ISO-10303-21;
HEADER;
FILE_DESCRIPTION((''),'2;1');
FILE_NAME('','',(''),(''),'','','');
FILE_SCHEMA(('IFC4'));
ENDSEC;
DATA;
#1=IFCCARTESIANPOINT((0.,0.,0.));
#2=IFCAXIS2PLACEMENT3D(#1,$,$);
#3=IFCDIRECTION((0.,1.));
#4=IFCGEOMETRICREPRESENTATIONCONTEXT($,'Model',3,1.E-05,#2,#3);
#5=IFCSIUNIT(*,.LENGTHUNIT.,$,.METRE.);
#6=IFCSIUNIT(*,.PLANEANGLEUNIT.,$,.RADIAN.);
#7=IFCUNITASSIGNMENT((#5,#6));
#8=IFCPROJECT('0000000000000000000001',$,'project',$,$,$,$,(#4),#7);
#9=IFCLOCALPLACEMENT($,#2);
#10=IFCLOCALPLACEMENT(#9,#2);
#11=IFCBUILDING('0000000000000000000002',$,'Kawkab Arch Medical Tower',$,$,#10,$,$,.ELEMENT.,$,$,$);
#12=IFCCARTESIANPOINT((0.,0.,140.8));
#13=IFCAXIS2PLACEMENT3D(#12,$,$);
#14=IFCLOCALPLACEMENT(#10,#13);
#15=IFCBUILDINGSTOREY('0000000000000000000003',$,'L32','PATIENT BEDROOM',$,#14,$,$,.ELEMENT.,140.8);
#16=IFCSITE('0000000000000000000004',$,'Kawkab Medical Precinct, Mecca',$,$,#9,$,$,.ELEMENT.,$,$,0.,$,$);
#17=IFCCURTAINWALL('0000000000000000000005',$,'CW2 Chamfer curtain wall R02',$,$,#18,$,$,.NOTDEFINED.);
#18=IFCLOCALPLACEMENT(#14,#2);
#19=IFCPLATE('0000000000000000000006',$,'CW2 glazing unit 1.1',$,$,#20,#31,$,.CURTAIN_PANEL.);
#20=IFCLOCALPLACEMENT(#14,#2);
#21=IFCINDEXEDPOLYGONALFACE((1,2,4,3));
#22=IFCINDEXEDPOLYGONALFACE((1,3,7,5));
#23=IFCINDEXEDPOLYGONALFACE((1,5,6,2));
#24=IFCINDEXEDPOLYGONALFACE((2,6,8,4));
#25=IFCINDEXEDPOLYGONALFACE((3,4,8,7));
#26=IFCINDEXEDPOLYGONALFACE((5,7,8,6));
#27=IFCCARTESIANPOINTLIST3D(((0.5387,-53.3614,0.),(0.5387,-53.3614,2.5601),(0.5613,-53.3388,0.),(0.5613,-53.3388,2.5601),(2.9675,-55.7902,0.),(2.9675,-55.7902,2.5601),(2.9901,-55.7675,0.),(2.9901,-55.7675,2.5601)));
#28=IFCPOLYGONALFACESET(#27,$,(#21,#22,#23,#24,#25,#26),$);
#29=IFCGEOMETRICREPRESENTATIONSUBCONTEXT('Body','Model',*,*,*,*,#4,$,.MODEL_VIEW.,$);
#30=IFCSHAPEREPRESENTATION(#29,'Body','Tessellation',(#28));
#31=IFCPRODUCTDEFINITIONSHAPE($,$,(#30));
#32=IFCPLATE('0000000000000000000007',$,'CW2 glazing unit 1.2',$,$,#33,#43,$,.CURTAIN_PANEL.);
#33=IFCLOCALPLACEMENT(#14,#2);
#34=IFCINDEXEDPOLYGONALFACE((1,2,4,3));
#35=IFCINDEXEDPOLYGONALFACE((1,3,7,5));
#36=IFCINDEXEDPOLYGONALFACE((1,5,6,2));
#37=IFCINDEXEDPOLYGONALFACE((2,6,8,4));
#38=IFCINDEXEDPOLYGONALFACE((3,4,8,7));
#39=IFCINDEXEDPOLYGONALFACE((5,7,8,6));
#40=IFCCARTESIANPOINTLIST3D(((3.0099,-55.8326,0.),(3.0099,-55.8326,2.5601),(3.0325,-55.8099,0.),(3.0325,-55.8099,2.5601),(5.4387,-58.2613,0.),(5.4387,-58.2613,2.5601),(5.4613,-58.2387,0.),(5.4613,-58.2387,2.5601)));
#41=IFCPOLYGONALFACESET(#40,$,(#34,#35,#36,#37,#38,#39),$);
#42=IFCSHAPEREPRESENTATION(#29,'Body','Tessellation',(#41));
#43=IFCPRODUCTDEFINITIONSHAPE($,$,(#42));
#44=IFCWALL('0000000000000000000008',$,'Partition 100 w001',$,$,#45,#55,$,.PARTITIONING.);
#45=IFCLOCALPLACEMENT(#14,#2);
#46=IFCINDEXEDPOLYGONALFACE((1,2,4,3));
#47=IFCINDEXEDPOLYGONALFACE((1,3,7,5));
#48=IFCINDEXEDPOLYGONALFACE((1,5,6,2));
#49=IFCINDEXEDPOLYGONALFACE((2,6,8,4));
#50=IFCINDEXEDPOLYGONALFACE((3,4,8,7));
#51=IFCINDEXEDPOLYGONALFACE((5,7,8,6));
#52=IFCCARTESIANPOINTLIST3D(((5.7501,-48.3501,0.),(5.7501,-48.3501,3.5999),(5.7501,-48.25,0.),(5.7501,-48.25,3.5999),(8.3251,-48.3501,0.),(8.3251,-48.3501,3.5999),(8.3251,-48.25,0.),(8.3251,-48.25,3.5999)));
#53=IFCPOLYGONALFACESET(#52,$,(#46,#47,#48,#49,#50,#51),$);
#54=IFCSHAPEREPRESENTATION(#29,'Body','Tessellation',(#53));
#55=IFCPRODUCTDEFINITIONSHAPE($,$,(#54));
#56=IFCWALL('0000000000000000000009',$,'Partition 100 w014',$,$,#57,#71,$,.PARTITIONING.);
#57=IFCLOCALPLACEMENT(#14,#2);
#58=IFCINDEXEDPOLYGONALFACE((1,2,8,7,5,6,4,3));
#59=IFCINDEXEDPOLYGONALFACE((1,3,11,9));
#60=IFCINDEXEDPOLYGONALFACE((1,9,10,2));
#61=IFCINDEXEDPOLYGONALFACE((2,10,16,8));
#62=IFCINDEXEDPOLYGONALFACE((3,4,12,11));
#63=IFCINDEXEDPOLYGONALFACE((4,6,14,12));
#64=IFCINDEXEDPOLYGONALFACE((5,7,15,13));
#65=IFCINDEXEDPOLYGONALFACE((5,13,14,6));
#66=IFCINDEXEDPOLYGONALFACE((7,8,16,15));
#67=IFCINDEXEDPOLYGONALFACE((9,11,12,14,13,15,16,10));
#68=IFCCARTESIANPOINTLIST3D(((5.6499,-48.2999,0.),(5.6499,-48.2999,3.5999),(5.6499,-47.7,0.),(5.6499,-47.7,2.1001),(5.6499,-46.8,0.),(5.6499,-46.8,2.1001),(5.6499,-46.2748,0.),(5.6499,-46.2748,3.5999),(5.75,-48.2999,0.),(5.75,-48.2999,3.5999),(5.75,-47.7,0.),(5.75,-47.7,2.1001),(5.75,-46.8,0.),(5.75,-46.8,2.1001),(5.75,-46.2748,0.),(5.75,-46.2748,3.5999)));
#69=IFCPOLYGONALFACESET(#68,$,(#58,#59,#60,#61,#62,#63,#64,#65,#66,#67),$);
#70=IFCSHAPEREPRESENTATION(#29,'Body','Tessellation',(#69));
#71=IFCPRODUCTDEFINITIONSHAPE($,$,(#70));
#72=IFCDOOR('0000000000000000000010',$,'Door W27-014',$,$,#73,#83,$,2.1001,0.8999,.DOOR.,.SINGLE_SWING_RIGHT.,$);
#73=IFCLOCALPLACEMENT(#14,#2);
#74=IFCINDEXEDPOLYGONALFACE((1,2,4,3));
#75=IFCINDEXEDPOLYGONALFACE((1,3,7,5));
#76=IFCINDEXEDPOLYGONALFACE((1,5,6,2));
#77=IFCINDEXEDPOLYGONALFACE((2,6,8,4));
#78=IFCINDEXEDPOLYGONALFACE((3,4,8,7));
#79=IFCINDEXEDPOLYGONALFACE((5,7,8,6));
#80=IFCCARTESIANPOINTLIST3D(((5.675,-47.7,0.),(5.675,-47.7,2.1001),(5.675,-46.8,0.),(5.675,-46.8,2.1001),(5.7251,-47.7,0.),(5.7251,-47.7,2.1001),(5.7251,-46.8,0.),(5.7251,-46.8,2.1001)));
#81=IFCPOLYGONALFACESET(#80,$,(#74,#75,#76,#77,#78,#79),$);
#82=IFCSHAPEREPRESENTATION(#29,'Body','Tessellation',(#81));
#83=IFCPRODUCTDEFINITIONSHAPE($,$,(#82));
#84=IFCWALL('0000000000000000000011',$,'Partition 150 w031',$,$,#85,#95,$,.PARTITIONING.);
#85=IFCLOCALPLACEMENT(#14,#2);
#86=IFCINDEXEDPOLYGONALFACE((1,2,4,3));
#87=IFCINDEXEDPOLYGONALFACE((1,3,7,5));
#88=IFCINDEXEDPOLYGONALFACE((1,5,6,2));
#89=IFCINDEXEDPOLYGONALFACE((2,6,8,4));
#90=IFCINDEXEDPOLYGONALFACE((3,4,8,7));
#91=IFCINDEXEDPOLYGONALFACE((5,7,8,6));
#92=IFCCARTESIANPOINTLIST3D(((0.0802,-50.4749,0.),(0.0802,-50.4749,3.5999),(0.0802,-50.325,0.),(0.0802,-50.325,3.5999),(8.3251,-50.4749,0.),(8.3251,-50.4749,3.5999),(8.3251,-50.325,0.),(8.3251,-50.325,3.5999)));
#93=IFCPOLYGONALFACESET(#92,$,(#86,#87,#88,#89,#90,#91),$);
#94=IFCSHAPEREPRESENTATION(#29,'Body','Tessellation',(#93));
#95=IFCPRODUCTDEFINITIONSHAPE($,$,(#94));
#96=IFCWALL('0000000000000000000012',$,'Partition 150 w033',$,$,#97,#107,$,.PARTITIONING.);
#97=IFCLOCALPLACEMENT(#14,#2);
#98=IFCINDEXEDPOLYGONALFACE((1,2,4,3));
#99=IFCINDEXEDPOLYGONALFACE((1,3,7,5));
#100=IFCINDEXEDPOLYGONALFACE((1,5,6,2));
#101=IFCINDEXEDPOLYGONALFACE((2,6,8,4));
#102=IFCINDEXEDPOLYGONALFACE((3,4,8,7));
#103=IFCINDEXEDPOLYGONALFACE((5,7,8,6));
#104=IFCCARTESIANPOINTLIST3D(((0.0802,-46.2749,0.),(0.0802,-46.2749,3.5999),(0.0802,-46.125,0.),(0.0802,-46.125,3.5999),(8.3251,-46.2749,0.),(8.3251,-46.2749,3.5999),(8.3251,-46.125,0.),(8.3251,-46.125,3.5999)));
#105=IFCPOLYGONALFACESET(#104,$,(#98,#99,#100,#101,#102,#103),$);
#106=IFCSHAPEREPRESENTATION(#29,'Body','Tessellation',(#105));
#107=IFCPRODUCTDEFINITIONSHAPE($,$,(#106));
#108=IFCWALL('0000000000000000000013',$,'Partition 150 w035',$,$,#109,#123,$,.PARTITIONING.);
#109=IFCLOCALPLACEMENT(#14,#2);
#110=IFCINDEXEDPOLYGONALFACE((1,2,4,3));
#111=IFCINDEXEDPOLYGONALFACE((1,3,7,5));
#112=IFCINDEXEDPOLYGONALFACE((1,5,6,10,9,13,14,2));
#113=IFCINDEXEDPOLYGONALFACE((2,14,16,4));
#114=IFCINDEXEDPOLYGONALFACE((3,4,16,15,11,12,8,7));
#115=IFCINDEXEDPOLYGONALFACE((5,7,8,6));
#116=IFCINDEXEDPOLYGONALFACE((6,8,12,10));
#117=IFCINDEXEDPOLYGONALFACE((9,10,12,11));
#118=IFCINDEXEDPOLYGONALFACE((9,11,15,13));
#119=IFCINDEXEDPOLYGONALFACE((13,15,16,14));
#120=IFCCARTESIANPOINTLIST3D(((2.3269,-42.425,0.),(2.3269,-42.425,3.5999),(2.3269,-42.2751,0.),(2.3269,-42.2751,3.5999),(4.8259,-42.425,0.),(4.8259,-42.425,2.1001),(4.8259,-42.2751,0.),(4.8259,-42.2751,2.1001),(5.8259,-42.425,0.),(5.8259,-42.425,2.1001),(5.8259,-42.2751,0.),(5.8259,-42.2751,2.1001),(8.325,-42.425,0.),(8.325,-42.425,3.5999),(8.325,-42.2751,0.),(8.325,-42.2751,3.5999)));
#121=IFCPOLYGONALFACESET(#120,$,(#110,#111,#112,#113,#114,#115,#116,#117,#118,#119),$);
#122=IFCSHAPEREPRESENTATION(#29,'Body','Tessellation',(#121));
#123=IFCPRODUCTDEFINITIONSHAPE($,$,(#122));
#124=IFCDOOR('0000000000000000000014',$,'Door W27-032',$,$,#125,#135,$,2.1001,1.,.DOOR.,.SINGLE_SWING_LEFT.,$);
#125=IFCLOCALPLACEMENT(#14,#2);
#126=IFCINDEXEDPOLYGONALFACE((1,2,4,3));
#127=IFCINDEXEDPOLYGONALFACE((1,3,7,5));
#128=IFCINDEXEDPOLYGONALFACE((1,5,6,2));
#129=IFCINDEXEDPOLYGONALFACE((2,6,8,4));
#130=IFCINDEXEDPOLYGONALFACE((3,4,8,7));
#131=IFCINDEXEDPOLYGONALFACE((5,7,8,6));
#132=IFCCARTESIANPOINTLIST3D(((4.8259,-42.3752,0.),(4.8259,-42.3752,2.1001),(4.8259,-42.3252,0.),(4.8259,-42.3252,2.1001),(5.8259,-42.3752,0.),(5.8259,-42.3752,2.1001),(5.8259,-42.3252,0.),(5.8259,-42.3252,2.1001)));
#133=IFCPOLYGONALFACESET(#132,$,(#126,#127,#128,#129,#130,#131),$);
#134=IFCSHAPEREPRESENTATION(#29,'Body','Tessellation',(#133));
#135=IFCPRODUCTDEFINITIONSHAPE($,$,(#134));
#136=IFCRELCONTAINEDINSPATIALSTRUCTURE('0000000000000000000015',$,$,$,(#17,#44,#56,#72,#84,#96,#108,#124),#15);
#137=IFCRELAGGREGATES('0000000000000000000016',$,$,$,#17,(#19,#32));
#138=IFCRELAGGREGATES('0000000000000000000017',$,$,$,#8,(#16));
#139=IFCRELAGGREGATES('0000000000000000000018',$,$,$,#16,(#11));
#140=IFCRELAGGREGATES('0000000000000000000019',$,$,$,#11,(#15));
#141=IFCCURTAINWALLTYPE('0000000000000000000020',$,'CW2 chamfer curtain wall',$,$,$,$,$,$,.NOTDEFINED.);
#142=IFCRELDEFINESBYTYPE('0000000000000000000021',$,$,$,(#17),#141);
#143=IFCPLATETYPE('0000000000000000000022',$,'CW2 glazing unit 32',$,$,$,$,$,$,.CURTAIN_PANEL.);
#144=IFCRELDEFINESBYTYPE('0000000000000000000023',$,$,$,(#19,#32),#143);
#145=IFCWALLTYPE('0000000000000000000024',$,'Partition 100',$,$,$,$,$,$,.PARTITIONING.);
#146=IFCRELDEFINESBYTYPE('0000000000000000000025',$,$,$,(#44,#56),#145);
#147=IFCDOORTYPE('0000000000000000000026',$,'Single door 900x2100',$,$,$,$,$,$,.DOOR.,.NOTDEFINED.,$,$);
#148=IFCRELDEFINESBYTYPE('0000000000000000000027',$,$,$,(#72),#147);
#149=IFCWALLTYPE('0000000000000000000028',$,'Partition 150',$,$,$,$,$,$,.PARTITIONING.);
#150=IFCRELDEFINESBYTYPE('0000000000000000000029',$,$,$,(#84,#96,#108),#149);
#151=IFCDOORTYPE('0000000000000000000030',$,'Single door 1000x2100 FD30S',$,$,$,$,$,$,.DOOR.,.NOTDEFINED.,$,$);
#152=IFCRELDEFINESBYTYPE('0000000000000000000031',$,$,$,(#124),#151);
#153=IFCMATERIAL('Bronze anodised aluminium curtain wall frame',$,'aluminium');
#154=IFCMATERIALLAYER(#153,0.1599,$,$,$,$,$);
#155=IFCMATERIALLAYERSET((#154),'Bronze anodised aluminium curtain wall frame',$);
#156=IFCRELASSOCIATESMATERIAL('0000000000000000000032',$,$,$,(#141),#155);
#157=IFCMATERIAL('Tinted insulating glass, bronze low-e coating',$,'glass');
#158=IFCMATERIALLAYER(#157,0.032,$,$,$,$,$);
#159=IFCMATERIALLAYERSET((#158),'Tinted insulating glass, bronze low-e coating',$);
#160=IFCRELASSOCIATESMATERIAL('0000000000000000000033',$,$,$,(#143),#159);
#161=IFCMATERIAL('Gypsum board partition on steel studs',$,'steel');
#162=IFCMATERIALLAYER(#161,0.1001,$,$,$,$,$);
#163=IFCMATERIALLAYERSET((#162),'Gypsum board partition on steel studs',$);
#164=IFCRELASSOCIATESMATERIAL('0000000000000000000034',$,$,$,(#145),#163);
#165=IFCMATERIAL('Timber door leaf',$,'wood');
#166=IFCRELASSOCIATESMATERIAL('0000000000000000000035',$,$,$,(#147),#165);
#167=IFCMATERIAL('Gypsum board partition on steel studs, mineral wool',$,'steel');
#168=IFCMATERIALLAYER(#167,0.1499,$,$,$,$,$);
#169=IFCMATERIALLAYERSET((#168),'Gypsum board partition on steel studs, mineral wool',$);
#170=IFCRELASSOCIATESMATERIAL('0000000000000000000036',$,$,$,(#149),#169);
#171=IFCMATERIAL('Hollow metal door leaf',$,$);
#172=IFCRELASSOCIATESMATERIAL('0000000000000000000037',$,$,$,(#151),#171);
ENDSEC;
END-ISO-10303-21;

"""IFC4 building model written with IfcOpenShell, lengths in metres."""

from ifc_helpers import new_model, si_unit, direction, frame, frame_2d, origin, origin_2d, place, context, subcontext, project, spatial, rectangle, extrude, material, layer, layer_set, type_object, element, fill, aggregate, save


model = new_model("IFC4")

# Units and contexts
model_context = context("Model", 3, precision=1e-05, world=origin(), true_north=direction((0.0, 1.0)))
body_context = subcontext(model_context, "Body", "Model", "MODEL_VIEW")
ifc_project = project(units=[si_unit("LENGTHUNIT", "METRE"), si_unit("PLANEANGLEUNIT", "RADIAN")], contexts=[model_context])

# Site, building, storey
site_placement = place(None, origin())
site = spatial("IfcSite", under=ifc_project, at=site_placement, Name="Kawkab Medical Precinct, Mecca", CompositionType="ELEMENT", RefElevation=0.0)
building_placement = place(site_placement, origin())
building = spatial("IfcBuilding", under=site, at=building_placement, Name="Kawkab Arch Medical Tower", CompositionType="ELEMENT")
storey_placement = place(building_placement, frame((0.0, 0.0, 140.8)))
storey = spatial("IfcBuildingStorey", under=building, at=storey_placement, Name="L32", Description="PATIENT BEDROOM", CompositionType="ELEMENT", Elevation=140.8)

# Shared definitions
placement = place(storey_placement, origin())

# Curtain wall
ifc_material_1 = material(Name="Bronze anodised aluminium curtain wall frame", Category="aluminium")
ifc_layer_1 = layer(ifc_material_1, 0.1599)
ifc_layer_set_1 = layer_set([ifc_layer_1], Name="Bronze anodised aluminium curtain wall frame")
curtain_wall_type_1 = type_object("IfcCurtainWallType", Name="CW2 chamfer curtain wall", PredefinedType="NOTDEFINED", material=ifc_layer_set_1)
curtain_wall_1 = element("IfcCurtainWall", 1, at=placement, inside=storey, type_object=curtain_wall_type_1, Name="CW2 Chamfer curtain wall R02", PredefinedType="NOTDEFINED")

# Plates
ifc_material_2 = material(Name="Tinted insulating glass, bronze low-e coating", Category="glass")
ifc_layer_2 = layer(ifc_material_2, 0.032)
ifc_layer_set_2 = layer_set([ifc_layer_2], Name="Tinted insulating glass, bronze low-e coating")
plate_type_1 = type_object("IfcPlateType", Name="CW2 glazing unit 32", PredefinedType="CURTAIN_PANEL", material=ifc_layer_set_2)
plate_1_placement = place(storey_placement, frame((1.7644, -54.5645, 0.0), z_axis=(0.0, 0.0, 1.0), x_axis=(0.707107, -0.707107, 0.0)))
plate_1 = element("IfcPlate", 2, at=plate_1_placement, type_object=plate_type_1, Name="CW2 glazing unit 1.1", PredefinedType="CURTAIN_PANEL", context=body_context, shape_type="SweptSolid", body=[
    extrude(rectangle(XDim=3.4348, YDim=0.032, at=origin_2d()), origin(), (0.0, 0.0, 1.0), 2.5601),
])
plate_2_placement = place(storey_placement, frame((4.2356, -57.0356, 0.0), z_axis=(0.0, 0.0, 1.0), x_axis=(0.707107, -0.707107, 0.0)))
plate_2 = element("IfcPlate", 3, at=plate_2_placement, type_object=plate_type_1, Name="CW2 glazing unit 1.2", PredefinedType="CURTAIN_PANEL", context=body_context, shape_type="SweptSolid", body=[
    extrude(rectangle(XDim=3.4348, YDim=0.032, at=origin_2d()), origin(), (0.0, 0.0, 1.0), 2.5601),
])
aggregate(curtain_wall_1, [plate_1, plate_2])

# Wall
ifc_material_3 = material(Name="Gypsum board partition on steel studs", Category="steel")
ifc_layer_3 = layer(ifc_material_3, 0.1001)
ifc_layer_set_3 = layer_set([ifc_layer_3], Name="Gypsum board partition on steel studs")
wall_type_1 = type_object("IfcWallType", Name="Partition 100", PredefinedType="PARTITIONING", material=ifc_layer_set_3)
wall_1_placement = place(storey_placement, frame((5.75, -48.3, 0.0), z_axis=(0.0, 0.0, 1.0), x_axis=(1.0, 0.0, 0.0)))
element("IfcWall", 4, at=wall_1_placement, inside=storey, type_object=wall_type_1, Name="Partition 100 w001", PredefinedType="PARTITIONING", context=body_context, shape_type="SweptSolid", body=[
    extrude(rectangle(XDim=2.575, YDim=0.1001, at=frame_2d((1.2876, 0.0))), origin(), (0.0, 0.0, 1.0), 3.5999),
])

# Wall, opening, door
wall_2_placement = place(storey_placement, frame((5.7, -48.3, 0.0), z_axis=(0.0, 0.0, 1.0), x_axis=(0.0, 1.0, 0.0)))
wall_2 = element("IfcWall", 5, at=wall_2_placement, inside=storey, type_object=wall_type_1, Name="Partition 100 w014", PredefinedType="PARTITIONING", context=body_context, shape_type="SweptSolid", body=[
    extrude(rectangle(XDim=2.0251, YDim=0.1001, at=frame_2d((1.0127, 0.0))), origin(), (0.0, 0.0, 1.0), 3.5999),
])
opening_1_placement = place(wall_2_placement, frame((0.6001, 0.0, 0.0)))
opening_1 = element("IfcOpeningElement", 6, at=opening_1_placement, cuts=wall_2, PredefinedType="OPENING", context=body_context, shape_type="SweptSolid", body=[
    extrude(rectangle(XDim=0.8999, YDim=2.1001, at=frame_2d((0.45, 1.05))), frame((0.0, 0.0601, 0.0), z_axis=(0.0, -1.0, 0.0), x_axis=(1.0, 0.0, 0.0)), (0.0, 0.0, 1.0), 0.1201),
])
ifc_material_4 = material(Name="Timber door leaf", Category="wood")
door_type_1 = type_object("IfcDoorType", Name="Single door 900x2100", OperationType="NOTDEFINED", PredefinedType="DOOR", material=ifc_material_4)
door_1_placement = place(opening_1_placement, origin())
door_1 = element("IfcDoor", 7, at=door_1_placement, inside=storey, type_object=door_type_1, Name="Door W27-014", OperationType="SINGLE_SWING_RIGHT", OverallHeight=2.1001, OverallWidth=0.8999, PredefinedType="DOOR", context=body_context, shape_type="SweptSolid", body=[
    extrude(rectangle(XDim=0.8999, YDim=2.1001, at=frame_2d((0.45, 1.05))), frame((0.0, 0.0249, 0.0), z_axis=(0.0, -1.0, 0.0), x_axis=(1.0, 0.0, 0.0)), (0.0, 0.0, 1.0), 0.05),
])
fill(opening_1, door_1)

# Walls
ifc_material_5 = material(Name="Gypsum board partition on steel studs, mineral wool", Category="steel")
ifc_layer_4 = layer(ifc_material_5, 0.1499)
ifc_layer_set_4 = layer_set([ifc_layer_4], Name="Gypsum board partition on steel studs, mineral wool")
wall_type_2 = type_object("IfcWallType", Name="Partition 150", PredefinedType="PARTITIONING", material=ifc_layer_set_4)
for number, where, z_axis, x_axis, name in (
    (8, (0.0801, -50.3999, 0.0), (0.0, 0.0, 1.0), (1.0, 0.0, 0.0), "Partition 150 w031"),
    (9, (0.0801, -46.2, 0.0), (0.0, 0.0, 1.0), (1.0, 0.0, 0.0), "Partition 150 w033"),
):
    element("IfcWall", number, at=place(storey_placement, frame(where, z_axis=z_axis, x_axis=x_axis)), inside=storey, type_object=wall_type_2, Name=name, PredefinedType="PARTITIONING", context=body_context, shape_type="SweptSolid", body=[
        extrude(rectangle(XDim=8.2449, YDim=0.1499, at=frame_2d((4.1226, 0.0))), origin(), (0.0, 0.0, 1.0), 3.5999),
    ])

# Wall, opening, door
wall_3_placement = place(storey_placement, frame((2.3269, -42.3501, 0.0), z_axis=(0.0, 0.0, 1.0), x_axis=(1.0, 0.0, 0.0)))
wall_3 = element("IfcWall", 10, at=wall_3_placement, inside=storey, type_object=wall_type_2, Name="Partition 150 w035", PredefinedType="PARTITIONING", context=body_context, shape_type="SweptSolid", body=[
    extrude(rectangle(XDim=5.998, YDim=0.1499, at=frame_2d((2.999, 0.0))), origin(), (0.0, 0.0, 1.0), 3.5999),
])
opening_2_placement = place(wall_3_placement, frame((2.499, 0.0, 0.0)))
opening_2 = element("IfcOpeningElement", 11, at=opening_2_placement, cuts=wall_3, PredefinedType="OPENING", context=body_context, shape_type="SweptSolid", body=[
    extrude(rectangle(XDim=1.0, YDim=2.1001, at=frame_2d((0.5, 1.05))), frame((0.0, 0.085, 0.0), z_axis=(0.0, -1.0, 0.0), x_axis=(1.0, 0.0, 0.0)), (0.0, 0.0, 1.0), 0.1699),
])
ifc_material_6 = material(Name="Hollow metal door leaf")
door_type_2 = type_object("IfcDoorType", Name="Single door 1000x2100 FD30S", OperationType="NOTDEFINED", PredefinedType="DOOR", material=ifc_material_6)
door_2_placement = place(opening_2_placement, origin())
door_2 = element("IfcDoor", 12, at=door_2_placement, inside=storey, type_object=door_type_2, Name="Door W27-032", OperationType="SINGLE_SWING_LEFT", OverallHeight=2.1001, OverallWidth=1.0, PredefinedType="DOOR", context=body_context, shape_type="SweptSolid", body=[
    extrude(rectangle(XDim=1.0, YDim=2.1001, at=frame_2d((0.5, 1.05))), frame((0.0, 0.0249, 0.0), z_axis=(0.0, -1.0, 0.0), x_axis=(1.0, 0.0, 0.0)), (0.0, 0.0, 1.0), 0.05),
])
fill(opening_2, door_2)

save(model, "model.ifc")
